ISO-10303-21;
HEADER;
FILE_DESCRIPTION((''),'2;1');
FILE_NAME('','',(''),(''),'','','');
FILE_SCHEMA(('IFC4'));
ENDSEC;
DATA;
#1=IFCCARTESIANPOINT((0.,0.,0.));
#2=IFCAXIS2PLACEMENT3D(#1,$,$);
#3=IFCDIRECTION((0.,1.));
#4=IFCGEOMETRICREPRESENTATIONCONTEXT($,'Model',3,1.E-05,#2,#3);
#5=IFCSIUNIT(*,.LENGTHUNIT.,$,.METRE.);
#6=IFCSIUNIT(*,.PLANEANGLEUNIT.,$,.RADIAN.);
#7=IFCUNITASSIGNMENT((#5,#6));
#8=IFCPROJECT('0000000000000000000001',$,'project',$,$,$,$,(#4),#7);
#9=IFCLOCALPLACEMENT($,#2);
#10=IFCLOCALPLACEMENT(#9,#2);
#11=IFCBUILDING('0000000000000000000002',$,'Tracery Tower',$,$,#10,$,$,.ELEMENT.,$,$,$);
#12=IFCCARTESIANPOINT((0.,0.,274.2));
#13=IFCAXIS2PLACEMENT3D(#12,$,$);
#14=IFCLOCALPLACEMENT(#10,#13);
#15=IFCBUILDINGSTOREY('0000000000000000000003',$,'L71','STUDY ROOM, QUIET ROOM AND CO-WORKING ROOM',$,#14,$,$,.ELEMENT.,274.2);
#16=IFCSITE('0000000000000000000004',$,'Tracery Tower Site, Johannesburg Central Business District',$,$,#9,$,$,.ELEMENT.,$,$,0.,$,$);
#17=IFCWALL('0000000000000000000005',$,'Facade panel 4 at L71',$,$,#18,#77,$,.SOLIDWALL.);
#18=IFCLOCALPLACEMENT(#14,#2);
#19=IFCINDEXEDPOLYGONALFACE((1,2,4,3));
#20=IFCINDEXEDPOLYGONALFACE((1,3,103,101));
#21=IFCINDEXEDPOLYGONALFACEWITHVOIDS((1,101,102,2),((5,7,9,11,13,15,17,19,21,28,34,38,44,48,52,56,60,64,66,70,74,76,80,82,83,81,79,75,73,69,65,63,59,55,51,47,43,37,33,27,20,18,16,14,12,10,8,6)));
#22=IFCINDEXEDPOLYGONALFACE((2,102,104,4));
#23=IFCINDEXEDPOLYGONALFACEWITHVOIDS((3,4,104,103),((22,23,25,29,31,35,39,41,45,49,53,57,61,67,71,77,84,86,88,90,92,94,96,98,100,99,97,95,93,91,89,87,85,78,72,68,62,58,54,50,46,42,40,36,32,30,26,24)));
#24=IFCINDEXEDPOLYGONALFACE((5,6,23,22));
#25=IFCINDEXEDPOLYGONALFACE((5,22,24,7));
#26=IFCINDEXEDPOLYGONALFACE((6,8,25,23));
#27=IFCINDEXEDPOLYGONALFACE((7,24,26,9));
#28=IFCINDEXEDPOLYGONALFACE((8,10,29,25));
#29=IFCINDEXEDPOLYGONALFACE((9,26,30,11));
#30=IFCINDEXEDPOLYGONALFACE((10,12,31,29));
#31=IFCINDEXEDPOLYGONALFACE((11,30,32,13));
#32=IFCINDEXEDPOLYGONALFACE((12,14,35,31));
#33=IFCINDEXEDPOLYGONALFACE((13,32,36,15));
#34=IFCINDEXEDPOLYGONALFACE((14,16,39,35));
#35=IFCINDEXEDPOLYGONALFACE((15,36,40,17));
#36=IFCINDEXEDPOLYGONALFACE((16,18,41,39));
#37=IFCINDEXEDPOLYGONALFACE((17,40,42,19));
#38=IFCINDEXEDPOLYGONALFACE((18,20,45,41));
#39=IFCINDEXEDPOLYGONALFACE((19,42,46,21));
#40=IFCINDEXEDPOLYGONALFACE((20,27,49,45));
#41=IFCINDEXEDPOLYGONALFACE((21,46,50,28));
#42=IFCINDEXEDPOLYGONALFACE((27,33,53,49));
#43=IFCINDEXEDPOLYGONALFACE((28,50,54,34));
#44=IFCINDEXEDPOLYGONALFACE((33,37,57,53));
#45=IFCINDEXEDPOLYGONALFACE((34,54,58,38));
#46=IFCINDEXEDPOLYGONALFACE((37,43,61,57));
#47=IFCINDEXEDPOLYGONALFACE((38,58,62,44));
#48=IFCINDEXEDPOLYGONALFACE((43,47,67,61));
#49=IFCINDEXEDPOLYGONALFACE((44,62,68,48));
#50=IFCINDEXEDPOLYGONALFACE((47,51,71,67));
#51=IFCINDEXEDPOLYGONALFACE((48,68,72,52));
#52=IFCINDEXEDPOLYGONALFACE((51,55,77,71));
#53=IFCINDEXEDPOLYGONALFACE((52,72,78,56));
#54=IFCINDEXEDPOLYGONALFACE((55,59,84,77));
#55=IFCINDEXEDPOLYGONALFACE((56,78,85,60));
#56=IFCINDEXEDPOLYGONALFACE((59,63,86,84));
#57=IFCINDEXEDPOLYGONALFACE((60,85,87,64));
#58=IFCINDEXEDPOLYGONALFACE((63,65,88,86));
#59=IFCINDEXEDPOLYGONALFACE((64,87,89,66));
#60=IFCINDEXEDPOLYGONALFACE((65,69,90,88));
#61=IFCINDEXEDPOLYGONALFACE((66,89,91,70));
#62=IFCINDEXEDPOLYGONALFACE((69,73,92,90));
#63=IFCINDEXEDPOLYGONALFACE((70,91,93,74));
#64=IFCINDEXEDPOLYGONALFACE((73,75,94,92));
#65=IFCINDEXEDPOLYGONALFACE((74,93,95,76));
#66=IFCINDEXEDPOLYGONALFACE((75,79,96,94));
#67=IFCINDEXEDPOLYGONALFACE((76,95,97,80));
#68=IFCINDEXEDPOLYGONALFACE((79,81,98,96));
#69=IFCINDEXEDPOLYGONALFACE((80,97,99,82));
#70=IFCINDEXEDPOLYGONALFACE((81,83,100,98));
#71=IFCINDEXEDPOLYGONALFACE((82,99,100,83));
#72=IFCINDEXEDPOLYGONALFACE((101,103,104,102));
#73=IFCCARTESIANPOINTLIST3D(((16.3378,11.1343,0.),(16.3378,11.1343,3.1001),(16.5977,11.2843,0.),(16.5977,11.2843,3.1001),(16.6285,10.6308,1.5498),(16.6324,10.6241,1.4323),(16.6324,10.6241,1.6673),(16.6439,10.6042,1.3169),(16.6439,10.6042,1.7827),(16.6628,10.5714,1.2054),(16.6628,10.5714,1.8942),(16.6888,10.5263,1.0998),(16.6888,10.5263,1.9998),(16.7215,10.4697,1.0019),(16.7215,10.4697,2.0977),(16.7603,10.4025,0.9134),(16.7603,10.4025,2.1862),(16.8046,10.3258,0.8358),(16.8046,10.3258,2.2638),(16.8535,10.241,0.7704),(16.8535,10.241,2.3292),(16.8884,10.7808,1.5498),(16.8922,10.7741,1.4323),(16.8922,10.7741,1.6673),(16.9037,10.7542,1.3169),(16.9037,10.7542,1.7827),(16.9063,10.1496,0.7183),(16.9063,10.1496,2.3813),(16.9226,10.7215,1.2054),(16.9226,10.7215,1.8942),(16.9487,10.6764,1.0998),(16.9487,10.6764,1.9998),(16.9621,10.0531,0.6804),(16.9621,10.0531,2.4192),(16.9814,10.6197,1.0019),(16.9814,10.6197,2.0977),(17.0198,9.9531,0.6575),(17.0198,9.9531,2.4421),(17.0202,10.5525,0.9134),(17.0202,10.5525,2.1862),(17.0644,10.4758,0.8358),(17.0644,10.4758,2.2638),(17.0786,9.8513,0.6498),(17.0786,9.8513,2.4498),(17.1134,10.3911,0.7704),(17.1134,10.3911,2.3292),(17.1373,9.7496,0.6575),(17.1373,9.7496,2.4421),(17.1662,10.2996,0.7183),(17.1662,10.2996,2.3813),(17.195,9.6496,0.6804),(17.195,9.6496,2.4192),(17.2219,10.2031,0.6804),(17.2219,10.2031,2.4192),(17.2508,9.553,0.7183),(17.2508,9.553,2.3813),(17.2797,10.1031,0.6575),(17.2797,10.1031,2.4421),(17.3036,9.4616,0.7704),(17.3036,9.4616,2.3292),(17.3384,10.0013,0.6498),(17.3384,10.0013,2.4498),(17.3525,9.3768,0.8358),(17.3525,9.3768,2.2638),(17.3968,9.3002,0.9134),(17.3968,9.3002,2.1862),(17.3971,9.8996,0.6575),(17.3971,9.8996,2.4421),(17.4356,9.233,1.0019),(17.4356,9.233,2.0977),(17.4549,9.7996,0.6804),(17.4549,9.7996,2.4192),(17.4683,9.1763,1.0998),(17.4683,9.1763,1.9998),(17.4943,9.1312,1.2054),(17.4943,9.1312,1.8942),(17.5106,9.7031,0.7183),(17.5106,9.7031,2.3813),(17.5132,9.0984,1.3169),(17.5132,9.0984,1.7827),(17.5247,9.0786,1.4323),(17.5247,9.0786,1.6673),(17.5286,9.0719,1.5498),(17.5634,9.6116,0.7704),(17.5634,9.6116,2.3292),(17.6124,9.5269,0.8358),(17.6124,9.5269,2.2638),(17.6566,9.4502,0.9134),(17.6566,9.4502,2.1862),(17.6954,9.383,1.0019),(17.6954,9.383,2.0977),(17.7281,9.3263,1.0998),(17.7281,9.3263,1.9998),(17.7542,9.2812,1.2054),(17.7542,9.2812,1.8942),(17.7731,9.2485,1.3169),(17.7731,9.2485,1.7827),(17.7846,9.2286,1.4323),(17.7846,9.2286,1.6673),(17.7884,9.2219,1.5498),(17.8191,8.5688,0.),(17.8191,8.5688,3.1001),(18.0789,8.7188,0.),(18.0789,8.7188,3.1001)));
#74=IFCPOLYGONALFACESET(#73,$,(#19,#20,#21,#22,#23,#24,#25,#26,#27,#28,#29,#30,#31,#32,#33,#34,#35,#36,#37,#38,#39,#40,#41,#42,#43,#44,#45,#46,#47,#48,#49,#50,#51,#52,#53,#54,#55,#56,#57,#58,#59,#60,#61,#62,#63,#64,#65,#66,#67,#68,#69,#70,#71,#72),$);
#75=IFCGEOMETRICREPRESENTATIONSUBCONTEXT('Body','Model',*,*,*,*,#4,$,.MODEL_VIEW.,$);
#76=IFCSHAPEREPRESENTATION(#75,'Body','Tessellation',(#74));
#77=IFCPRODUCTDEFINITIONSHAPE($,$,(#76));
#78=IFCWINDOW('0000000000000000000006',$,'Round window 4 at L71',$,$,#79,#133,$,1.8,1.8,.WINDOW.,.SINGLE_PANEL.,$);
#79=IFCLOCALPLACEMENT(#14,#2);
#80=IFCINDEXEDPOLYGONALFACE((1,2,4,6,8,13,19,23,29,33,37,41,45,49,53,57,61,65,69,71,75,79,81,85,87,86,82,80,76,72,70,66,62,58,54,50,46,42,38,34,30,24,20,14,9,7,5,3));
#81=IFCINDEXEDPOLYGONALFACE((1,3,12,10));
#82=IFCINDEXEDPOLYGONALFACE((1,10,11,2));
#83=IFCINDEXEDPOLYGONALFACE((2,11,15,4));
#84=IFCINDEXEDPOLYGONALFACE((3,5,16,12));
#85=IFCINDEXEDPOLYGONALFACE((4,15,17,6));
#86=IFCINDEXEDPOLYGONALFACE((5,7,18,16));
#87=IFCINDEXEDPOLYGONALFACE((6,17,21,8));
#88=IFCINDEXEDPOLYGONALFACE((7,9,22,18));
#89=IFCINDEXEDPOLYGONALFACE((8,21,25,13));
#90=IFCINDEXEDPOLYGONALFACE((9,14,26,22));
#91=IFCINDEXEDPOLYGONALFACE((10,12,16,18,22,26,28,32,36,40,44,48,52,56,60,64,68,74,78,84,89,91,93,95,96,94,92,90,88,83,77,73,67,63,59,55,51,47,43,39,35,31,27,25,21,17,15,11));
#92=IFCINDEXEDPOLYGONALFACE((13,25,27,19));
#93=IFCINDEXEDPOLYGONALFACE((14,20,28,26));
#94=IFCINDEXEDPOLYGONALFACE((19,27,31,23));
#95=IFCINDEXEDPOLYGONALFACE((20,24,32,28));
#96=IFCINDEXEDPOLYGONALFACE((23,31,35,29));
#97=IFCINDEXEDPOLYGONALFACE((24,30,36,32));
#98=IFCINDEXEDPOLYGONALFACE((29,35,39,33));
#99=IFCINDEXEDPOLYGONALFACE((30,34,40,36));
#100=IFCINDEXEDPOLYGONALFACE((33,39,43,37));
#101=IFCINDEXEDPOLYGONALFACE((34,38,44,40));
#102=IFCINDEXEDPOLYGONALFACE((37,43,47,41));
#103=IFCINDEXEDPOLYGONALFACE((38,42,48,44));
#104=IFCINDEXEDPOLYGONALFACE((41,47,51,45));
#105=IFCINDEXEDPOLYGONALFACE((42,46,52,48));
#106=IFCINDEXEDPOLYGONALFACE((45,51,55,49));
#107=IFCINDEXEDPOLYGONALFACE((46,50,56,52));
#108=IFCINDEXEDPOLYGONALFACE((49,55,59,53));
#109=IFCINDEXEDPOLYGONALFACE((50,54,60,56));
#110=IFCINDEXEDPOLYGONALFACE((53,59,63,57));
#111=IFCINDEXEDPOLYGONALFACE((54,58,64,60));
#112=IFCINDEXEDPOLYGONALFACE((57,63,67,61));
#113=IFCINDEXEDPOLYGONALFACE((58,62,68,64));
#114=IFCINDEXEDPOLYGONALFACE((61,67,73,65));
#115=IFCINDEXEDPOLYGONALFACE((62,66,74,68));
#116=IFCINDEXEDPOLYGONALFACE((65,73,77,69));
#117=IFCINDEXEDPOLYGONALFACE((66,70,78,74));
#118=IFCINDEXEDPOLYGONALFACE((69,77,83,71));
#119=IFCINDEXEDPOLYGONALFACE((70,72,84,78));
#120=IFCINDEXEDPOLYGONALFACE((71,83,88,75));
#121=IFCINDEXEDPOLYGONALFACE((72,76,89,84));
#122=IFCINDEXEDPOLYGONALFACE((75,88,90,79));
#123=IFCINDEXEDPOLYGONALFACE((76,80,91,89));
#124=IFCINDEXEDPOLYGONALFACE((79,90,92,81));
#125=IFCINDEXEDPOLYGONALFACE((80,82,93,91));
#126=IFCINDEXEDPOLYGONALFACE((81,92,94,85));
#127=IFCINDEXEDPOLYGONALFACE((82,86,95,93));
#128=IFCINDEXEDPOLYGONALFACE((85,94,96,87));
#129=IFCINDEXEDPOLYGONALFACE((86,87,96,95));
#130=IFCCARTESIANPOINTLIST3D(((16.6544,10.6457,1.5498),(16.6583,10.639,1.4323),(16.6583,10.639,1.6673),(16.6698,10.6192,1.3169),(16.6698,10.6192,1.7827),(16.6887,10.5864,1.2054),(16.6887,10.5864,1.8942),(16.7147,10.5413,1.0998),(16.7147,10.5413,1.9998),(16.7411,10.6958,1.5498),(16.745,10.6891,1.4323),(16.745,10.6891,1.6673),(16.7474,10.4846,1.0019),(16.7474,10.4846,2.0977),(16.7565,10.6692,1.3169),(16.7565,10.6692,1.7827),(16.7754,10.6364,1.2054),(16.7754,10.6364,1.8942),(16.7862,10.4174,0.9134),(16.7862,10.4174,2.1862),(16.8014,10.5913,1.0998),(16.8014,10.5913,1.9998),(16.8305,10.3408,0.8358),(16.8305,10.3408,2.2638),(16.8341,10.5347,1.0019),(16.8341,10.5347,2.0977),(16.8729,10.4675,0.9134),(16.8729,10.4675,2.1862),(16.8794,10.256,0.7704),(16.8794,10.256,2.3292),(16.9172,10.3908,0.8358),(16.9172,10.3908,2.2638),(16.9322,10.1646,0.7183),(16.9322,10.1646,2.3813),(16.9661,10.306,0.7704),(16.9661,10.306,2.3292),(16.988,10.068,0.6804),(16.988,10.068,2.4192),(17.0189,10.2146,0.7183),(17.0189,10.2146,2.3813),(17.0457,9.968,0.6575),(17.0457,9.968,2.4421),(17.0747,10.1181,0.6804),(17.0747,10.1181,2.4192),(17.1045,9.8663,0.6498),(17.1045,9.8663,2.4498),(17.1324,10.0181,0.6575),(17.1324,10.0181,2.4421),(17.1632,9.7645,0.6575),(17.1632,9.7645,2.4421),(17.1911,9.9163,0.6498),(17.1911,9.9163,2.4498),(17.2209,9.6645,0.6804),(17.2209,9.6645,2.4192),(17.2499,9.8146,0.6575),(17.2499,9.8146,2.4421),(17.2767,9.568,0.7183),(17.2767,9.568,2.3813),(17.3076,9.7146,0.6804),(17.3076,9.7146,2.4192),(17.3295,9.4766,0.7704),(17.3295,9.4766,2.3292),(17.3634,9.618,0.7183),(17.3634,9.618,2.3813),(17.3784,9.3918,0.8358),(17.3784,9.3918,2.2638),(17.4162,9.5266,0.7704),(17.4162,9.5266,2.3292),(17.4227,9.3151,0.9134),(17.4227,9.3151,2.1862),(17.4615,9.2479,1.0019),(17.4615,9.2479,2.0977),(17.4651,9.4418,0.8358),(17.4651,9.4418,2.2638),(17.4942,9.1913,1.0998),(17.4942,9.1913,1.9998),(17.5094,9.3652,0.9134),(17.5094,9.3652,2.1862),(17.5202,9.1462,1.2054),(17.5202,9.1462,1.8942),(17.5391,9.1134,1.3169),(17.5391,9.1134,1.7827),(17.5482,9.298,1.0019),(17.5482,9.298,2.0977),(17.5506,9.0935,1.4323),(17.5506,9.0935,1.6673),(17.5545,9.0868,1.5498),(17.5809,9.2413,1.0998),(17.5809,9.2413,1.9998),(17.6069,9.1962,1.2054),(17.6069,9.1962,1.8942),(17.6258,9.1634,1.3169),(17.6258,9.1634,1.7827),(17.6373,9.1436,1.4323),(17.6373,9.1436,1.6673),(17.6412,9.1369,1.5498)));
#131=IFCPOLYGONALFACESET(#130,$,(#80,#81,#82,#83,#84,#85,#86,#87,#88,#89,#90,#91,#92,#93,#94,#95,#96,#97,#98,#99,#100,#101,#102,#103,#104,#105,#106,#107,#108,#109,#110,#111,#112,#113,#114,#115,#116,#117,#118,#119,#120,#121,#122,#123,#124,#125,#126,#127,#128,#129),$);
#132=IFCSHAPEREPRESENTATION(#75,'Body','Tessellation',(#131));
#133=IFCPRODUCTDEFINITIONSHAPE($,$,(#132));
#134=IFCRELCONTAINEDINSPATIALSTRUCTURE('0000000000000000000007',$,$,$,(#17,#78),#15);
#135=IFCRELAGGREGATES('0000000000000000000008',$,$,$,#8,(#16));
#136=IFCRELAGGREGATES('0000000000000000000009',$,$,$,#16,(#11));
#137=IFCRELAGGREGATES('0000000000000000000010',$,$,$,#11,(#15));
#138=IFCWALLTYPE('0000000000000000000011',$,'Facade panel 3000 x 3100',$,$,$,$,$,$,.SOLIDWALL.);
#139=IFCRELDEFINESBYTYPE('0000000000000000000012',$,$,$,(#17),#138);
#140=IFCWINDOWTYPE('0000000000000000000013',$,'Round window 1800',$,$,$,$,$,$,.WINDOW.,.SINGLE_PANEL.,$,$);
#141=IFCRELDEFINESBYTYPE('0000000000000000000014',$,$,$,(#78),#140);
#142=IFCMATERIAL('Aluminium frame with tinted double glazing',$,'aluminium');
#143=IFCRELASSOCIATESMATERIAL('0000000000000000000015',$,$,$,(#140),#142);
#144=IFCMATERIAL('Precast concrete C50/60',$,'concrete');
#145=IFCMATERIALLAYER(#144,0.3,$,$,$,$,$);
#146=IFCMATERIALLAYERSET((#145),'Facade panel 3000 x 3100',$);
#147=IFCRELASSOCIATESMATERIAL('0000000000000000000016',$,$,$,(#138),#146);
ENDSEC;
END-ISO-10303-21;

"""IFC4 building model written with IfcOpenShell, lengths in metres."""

from ifc_helpers import new_model, si_unit, direction, frame, frame_2d, origin, origin_2d, place, context, subcontext, project, spatial, rectangle, circle, extrude, material, layer, layer_set, type_object, element, fill, save


model = new_model("IFC4")

# Units and contexts
model_context = context("Model", 3, precision=1e-05, world=origin(), true_north=direction((0.0, 1.0)))
body_context = subcontext(model_context, "Body", "Model", "MODEL_VIEW")
ifc_project = project(units=[si_unit("LENGTHUNIT", "METRE"), si_unit("PLANEANGLEUNIT", "RADIAN")], contexts=[model_context])

# Site, building, storey
site_placement = place(None, origin())
site = spatial("IfcSite", under=ifc_project, at=site_placement, Name="Tracery Tower Site, Johannesburg Central Business District", CompositionType="ELEMENT", RefElevation=0.0)
building_placement = place(site_placement, origin())
building = spatial("IfcBuilding", under=site, at=building_placement, Name="Tracery Tower", CompositionType="ELEMENT")
storey_placement = place(building_placement, frame((0.0, 0.0, 274.2)))
storey = spatial("IfcBuildingStorey", under=building, at=storey_placement, Name="L71", Description="STUDY ROOM, QUIET ROOM AND CO-WORKING ROOM", CompositionType="ELEMENT", Elevation=274.2)

# Wall, opening, window
ifc_material_1 = material(Name="Aluminium frame with tinted double glazing", Category="aluminium")
window_type = type_object("IfcWindowType", Name="Round window 1800", PartitioningType="SINGLE_PANEL", PredefinedType="WINDOW", material=ifc_material_1)
ifc_material_2 = material(Name="Precast concrete C50/60", Category="concrete")
ifc_layer_1 = layer(ifc_material_2, 0.3)
ifc_layer_set_1 = layer_set([ifc_layer_1], Name="Facade panel 3000 x 3100")
wall_type_1 = type_object("IfcWallType", Name="Facade panel 3000 x 3100", PredefinedType="SOLIDWALL", material=ifc_layer_set_1)
wall_1_placement = place(storey_placement, frame((17.949, 8.6438, 0.0), z_axis=(0.0, 0.0, 1.0), x_axis=(-0.500013, 0.866018, 0.0)))
wall_1 = element("IfcWall", 1, at=wall_1_placement, inside=storey, type_object=wall_type_1, Name="Facade panel 4 at L71", PredefinedType="SOLIDWALL", context=body_context, shape_type="SweptSolid", body=[
    extrude(rectangle(XDim=2.9624, YDim=0.3, at=frame_2d((1.4812, 0.0))), origin(), (0.0, 0.0, 1.0), 3.1001),
])
opening_1_placement = place(wall_1_placement, frame((1.481, 0.0, 1.5498)))
opening_1 = element("IfcOpeningElement", 2, at=opening_1_placement, cuts=wall_1, PredefinedType="OPENING", context=body_context, shape_type="SweptSolid", body=[
    extrude(circle(Radius=0.9, at=origin_2d()), frame((0.0, 0.1599, 0.0), z_axis=(0.0, -1.0, 0.0), x_axis=(1.0, 0.0, 0.0)), (0.0, 0.0, 1.0), 0.3201),
])
window_1_placement = place(opening_1_placement, origin())
window_1 = element("IfcWindow", 3, at=window_1_placement, inside=storey, type_object=window_type, Name="Round window 4 at L71", OverallHeight=1.8, OverallWidth=1.8, PartitioningType="SINGLE_PANEL", PredefinedType="WINDOW", context=body_context, shape_type="SweptSolid", body=[
    extrude(circle(Radius=0.9, at=origin_2d()), frame((0.0, 0.1201, 0.0), z_axis=(0.0, -1.0, 0.0), x_axis=(1.0, 0.0, 0.0)), (0.0, 0.0, 1.0), 0.1001),
])
fill(opening_1, window_1)

save(model, "model.ifc")
